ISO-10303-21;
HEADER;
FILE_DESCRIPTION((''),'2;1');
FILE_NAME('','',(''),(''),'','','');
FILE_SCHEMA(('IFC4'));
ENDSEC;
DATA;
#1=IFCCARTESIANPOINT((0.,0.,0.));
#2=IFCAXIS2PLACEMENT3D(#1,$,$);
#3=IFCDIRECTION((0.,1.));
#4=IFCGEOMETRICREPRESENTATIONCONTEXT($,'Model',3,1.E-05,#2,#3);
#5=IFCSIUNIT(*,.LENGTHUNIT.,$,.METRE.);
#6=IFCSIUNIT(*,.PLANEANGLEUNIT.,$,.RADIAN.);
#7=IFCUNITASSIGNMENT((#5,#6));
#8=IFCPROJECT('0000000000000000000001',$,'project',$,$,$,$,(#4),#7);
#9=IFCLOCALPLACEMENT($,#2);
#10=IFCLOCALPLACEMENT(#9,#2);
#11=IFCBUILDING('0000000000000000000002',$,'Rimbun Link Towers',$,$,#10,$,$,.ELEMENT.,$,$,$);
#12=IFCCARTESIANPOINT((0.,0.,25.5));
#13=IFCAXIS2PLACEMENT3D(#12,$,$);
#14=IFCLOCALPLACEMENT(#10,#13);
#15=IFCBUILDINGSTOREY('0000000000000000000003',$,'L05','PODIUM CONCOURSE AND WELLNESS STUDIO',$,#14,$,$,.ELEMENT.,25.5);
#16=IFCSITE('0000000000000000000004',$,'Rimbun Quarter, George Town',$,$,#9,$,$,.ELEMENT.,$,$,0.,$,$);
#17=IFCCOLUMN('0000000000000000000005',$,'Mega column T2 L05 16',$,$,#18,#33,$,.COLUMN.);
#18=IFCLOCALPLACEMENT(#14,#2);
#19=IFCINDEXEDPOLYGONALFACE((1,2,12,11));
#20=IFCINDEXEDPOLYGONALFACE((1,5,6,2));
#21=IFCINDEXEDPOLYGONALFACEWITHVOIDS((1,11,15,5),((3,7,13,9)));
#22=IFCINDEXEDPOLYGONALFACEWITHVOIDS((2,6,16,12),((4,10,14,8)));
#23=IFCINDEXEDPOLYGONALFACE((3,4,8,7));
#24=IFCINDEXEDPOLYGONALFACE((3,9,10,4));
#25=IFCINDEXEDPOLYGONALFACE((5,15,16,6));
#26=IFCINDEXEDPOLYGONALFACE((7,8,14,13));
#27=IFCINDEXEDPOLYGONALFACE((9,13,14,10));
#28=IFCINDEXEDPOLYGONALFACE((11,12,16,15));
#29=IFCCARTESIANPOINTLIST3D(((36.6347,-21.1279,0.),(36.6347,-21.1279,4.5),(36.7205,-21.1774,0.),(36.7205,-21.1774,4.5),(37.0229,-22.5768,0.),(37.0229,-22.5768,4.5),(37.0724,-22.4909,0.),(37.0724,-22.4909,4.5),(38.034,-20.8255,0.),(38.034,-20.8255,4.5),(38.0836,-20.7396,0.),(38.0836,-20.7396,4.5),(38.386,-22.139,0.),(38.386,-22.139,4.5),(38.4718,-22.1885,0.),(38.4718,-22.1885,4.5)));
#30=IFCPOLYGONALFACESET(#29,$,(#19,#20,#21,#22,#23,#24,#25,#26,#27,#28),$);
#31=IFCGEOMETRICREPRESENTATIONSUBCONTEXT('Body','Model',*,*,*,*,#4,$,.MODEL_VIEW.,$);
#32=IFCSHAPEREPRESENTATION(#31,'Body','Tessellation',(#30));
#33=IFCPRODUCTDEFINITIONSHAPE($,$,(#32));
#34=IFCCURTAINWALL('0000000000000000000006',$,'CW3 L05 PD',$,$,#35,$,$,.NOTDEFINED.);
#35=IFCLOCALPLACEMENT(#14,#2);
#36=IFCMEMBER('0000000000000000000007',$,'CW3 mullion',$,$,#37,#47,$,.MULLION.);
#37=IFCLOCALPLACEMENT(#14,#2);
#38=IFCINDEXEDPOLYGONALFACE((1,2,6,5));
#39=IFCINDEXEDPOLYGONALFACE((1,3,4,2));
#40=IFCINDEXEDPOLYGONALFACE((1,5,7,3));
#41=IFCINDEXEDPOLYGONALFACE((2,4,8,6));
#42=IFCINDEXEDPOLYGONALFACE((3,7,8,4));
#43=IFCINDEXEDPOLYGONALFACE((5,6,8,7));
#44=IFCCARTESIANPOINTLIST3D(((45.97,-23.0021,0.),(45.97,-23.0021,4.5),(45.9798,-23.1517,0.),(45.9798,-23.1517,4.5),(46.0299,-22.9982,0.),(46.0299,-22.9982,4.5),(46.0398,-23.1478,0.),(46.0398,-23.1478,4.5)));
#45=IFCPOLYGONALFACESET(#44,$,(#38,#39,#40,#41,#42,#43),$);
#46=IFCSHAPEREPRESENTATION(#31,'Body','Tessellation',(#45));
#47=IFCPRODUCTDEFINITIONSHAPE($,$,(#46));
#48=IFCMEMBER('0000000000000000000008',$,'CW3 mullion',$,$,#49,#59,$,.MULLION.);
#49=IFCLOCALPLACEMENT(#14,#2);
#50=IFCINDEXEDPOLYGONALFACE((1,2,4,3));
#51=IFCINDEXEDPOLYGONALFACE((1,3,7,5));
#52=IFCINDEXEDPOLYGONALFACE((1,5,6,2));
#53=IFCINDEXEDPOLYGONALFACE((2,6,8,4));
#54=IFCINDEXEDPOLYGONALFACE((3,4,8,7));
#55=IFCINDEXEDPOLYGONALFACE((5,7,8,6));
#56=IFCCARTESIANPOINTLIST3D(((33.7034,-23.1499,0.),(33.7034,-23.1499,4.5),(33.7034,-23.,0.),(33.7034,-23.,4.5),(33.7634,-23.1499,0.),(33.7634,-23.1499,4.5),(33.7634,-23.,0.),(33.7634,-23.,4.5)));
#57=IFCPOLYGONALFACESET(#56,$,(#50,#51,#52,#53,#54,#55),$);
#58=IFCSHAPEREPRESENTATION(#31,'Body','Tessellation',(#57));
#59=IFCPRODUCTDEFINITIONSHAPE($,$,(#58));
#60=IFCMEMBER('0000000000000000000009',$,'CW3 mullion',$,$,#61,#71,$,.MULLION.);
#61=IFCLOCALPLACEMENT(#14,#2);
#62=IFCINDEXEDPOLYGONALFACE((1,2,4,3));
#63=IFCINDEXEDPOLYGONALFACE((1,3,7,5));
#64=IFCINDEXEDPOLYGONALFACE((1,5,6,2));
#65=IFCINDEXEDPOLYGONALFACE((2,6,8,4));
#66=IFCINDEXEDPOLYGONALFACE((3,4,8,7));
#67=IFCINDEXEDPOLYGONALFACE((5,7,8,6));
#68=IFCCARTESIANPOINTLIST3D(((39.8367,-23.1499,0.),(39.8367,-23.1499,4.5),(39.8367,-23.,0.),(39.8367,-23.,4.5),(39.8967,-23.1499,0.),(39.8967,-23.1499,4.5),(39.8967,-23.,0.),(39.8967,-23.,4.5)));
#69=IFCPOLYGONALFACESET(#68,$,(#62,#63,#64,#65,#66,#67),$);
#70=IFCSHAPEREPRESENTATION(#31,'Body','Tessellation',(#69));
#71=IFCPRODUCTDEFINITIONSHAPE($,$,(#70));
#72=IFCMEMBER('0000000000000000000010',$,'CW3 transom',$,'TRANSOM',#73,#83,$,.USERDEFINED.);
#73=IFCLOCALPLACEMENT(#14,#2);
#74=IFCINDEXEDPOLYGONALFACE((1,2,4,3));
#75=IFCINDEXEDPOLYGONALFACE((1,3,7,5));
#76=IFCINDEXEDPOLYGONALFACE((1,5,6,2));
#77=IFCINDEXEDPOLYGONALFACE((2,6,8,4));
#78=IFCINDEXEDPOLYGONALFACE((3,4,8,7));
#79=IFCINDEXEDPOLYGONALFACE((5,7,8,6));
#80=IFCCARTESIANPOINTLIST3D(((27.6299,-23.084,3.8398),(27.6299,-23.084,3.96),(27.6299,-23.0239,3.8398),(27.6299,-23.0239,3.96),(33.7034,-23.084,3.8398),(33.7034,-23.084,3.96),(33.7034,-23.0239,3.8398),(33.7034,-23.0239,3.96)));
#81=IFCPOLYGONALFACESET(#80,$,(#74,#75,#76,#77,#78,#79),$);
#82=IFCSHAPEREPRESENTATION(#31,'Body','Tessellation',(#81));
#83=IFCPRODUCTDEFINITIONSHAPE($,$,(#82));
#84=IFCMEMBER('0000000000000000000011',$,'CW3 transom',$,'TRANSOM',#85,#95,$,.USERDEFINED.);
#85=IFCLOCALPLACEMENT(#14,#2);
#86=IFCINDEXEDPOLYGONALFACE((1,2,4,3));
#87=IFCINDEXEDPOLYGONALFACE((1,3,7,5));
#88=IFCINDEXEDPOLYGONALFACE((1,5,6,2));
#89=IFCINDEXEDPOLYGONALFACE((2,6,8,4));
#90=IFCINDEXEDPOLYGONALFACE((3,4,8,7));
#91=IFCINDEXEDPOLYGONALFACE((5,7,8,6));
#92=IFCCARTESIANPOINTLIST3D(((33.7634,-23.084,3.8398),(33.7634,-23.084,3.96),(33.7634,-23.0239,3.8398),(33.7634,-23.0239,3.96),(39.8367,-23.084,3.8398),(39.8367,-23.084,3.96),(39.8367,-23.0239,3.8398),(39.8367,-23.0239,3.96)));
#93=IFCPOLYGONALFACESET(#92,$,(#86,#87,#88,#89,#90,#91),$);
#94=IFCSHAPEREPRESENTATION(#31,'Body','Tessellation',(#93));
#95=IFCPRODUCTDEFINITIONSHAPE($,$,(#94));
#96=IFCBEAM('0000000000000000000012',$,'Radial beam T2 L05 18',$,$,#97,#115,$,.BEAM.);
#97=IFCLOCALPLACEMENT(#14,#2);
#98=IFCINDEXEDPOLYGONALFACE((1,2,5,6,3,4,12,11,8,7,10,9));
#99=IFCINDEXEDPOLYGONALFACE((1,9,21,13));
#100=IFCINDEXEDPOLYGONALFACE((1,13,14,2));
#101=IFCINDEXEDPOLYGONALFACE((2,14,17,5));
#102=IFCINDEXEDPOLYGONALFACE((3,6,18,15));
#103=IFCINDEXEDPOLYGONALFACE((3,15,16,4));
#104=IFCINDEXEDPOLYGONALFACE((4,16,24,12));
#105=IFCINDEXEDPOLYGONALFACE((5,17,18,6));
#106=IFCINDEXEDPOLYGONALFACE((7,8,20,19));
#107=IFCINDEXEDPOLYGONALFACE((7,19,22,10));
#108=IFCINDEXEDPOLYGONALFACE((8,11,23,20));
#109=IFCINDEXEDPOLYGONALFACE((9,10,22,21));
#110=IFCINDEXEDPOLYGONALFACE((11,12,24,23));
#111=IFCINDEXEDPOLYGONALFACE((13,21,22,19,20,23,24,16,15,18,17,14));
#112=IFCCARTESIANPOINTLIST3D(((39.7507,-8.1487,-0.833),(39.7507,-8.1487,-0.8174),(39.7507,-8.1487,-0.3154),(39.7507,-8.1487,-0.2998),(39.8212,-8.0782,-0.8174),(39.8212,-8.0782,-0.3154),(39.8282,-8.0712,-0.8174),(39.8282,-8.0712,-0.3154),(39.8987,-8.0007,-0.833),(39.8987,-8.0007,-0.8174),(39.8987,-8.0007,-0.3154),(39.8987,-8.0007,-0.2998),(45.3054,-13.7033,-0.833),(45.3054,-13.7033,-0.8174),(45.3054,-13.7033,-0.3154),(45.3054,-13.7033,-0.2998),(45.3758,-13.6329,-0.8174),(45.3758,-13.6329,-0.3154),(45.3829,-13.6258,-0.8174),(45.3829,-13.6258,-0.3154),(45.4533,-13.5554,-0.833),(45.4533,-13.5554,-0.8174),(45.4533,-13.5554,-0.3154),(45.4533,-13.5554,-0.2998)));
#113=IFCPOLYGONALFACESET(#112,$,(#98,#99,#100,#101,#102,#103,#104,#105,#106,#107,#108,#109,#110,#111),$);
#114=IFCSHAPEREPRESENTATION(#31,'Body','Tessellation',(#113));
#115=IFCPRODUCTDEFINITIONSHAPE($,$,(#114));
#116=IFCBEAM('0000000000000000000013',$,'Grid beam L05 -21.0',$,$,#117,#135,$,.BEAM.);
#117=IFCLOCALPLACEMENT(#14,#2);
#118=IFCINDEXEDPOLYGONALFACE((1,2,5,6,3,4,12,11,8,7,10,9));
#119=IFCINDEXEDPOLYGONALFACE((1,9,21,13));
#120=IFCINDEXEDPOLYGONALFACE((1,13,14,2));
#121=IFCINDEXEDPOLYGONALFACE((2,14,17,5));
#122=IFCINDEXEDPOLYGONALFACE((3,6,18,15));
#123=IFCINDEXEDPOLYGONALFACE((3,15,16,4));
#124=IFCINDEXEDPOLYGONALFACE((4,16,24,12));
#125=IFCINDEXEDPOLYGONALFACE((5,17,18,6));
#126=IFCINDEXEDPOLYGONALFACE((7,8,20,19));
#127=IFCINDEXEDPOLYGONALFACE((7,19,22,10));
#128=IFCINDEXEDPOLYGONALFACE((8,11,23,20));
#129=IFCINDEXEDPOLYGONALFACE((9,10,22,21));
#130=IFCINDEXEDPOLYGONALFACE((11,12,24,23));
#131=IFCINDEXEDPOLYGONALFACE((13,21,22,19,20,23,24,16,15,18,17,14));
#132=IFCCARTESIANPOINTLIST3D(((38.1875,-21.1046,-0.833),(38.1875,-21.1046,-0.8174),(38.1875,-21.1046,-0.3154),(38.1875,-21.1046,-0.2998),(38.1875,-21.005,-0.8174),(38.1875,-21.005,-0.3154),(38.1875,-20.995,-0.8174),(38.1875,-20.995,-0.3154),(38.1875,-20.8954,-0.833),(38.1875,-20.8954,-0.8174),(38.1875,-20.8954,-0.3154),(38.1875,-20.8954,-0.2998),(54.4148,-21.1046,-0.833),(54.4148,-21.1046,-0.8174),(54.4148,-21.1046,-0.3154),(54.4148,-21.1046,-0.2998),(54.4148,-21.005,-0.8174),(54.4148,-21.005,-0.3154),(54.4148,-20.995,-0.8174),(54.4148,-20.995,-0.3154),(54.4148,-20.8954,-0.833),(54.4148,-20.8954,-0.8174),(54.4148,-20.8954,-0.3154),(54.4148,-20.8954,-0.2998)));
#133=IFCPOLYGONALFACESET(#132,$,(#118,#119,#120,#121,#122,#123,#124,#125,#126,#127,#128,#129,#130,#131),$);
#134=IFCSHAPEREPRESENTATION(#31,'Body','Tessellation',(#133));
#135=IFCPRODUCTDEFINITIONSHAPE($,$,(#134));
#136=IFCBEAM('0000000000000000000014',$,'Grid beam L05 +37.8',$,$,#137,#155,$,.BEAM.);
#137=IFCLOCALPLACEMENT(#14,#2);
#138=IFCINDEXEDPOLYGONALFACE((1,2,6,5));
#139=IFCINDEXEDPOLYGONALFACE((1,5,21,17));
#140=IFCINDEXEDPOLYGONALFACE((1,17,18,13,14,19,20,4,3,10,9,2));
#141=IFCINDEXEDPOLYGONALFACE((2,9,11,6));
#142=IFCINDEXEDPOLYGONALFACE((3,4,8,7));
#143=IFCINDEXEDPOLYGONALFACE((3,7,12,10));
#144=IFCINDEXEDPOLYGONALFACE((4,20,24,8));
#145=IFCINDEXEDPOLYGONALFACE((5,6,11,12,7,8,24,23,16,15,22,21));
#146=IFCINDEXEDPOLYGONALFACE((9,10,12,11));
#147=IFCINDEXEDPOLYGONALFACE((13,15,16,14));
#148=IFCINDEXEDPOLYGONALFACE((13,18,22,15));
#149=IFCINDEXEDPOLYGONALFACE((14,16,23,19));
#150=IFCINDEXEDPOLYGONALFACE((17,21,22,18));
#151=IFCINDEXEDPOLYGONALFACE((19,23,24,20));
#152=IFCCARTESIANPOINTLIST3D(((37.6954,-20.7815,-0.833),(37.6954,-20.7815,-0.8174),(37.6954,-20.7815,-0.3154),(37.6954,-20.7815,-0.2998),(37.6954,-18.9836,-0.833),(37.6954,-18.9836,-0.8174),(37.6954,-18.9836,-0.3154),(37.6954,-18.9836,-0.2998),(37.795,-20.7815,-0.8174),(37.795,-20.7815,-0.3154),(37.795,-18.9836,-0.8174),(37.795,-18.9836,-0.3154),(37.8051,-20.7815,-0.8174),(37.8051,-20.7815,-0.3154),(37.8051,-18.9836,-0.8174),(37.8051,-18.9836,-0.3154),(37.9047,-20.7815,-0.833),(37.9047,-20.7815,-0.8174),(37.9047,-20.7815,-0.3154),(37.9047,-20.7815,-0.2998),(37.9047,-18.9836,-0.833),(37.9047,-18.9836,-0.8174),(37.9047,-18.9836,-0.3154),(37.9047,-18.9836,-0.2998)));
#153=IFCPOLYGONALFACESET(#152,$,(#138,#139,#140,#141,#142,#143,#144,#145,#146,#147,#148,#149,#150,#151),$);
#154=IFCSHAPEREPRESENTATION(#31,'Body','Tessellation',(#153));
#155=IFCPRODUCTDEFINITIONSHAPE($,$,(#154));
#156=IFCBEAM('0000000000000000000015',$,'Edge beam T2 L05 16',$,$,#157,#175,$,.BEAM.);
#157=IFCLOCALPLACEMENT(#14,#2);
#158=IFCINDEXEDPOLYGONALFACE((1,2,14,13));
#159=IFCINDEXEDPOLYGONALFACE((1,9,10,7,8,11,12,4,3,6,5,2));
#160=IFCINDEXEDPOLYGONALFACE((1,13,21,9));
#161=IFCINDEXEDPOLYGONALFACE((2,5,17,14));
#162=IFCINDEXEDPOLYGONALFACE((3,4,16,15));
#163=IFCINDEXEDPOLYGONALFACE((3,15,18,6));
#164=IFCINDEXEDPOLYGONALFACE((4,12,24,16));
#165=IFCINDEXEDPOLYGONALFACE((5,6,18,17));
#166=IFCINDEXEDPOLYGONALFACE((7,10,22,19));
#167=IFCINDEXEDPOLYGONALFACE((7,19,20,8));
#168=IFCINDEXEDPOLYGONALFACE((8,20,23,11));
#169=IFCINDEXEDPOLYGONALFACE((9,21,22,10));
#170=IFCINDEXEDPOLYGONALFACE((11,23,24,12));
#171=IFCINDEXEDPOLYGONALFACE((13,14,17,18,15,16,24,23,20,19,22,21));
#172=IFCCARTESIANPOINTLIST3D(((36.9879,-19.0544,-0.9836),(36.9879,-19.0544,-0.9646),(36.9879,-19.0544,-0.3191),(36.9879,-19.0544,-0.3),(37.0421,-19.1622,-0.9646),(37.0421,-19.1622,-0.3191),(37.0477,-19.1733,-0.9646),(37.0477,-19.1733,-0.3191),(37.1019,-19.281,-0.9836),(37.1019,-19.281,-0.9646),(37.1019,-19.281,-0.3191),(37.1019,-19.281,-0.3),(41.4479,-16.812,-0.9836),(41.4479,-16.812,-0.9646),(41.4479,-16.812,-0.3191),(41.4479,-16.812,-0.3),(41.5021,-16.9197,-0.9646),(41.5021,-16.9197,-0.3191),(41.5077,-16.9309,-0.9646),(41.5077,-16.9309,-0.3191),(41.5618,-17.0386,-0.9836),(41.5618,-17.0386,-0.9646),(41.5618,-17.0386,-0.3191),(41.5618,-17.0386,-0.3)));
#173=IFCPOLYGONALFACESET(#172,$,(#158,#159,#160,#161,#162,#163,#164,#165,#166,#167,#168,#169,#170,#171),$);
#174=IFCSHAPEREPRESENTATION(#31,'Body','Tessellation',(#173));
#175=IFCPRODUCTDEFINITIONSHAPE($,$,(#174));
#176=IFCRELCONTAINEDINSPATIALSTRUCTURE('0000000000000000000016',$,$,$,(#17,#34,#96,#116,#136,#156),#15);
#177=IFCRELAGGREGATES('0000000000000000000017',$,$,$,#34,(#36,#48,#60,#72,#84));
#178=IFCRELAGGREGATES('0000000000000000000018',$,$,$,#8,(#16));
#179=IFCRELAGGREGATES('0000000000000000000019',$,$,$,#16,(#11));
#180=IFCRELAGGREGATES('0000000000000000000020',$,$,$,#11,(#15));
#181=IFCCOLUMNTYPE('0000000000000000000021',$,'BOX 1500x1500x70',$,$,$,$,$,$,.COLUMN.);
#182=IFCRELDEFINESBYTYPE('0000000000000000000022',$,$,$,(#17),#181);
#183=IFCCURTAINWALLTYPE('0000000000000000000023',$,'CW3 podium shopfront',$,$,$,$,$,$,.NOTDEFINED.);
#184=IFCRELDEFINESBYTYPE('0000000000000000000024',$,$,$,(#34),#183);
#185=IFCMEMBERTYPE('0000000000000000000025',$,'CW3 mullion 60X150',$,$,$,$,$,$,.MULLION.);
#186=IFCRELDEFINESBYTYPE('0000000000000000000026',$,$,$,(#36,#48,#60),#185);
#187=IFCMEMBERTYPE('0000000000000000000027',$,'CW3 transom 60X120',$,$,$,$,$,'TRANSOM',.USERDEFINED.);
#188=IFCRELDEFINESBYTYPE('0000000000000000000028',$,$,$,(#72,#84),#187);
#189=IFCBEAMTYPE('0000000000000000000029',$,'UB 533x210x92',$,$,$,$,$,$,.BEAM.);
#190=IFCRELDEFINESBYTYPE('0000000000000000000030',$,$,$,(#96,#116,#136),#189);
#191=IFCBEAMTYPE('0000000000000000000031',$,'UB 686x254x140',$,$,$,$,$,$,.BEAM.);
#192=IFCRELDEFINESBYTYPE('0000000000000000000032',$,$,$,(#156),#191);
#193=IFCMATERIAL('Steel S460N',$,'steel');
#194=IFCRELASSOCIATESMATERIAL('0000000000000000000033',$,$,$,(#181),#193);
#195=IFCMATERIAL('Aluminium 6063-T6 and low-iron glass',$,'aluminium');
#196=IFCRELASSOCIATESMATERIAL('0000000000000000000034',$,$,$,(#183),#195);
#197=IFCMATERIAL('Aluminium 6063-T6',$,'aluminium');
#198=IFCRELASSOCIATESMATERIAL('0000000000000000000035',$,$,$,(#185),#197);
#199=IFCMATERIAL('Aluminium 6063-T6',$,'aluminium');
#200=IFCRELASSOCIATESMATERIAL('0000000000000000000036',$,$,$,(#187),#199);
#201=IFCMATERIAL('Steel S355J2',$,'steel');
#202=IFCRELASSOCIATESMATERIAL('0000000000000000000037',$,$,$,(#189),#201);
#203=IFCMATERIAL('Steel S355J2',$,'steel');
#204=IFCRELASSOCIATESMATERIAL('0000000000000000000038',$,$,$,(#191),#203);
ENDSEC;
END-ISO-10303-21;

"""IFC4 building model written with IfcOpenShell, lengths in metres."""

from ifc_helpers import new_model, si_unit, direction, frame, origin, origin_2d, place, context, subcontext, project, spatial, rectangle, hollow_rectangle, i_section, extrude, material, material_profile, profile_set, type_object, element, aggregate, save


model = new_model("IFC4")

# Units and contexts
model_context = context("Model", 3, precision=1e-05, world=origin(), true_north=direction((0.0, 1.0)))
body_context = subcontext(model_context, "Body", "Model", "MODEL_VIEW")
ifc_project = project(units=[si_unit("LENGTHUNIT", "METRE"), si_unit("PLANEANGLEUNIT", "RADIAN")], contexts=[model_context])

# Site, building, storey
site_placement = place(None, origin())
site = spatial("IfcSite", under=ifc_project, at=site_placement, Name="Rimbun Quarter, George Town", CompositionType="ELEMENT", RefElevation=0.0)
building_placement = place(site_placement, origin())
building = spatial("IfcBuilding", under=site, at=building_placement, Name="Rimbun Link Towers", CompositionType="ELEMENT")
storey_placement = place(building_placement, frame((0.0, 0.0, 25.5)))
storey = spatial("IfcBuildingStorey", under=building, at=storey_placement, Name="L05", Description="PODIUM CONCOURSE AND WELLNESS STUDIO", CompositionType="ELEMENT", Elevation=25.5)

# Column
ifc_material_1 = material(Name="Steel S460N", Category="steel")
ifc_material_profile_1 = material_profile(ifc_material_1, hollow_rectangle(XDim=1.5, YDim=1.5, WallThickness=0.0701, at=origin_2d()), Name="BOX 1500x1500x70")
ifc_profile_set_1 = profile_set([ifc_material_profile_1], Name="Steel S460N")
column_type = type_object("IfcColumnType", Name="BOX 1500x1500x70", PredefinedType="COLUMN", material=ifc_profile_set_1)
column_placement = place(storey_placement, frame((37.5532, -21.6582, 0.0), z_axis=(0.0, 0.0, 1.0), x_axis=(0.258819, -0.965926, 0.0)))
element("IfcColumn", 1, at=column_placement, inside=storey, type_object=column_type, Name="Mega column T2 L05 16", PredefinedType="COLUMN", context=body_context, shape_type="SweptSolid", body=[
    extrude(hollow_rectangle(XDim=1.5, YDim=1.5, WallThickness=0.0701, at=origin_2d()), origin(), (0.0, 0.0, 1.0), 4.5),
])

# Curtain wall, members
ifc_material_2 = material(Name="Aluminium 6063-T6 and low-iron glass", Category="aluminium")
curtain_wall_type = type_object("IfcCurtainWallType", Name="CW3 podium shopfront", PredefinedType="NOTDEFINED", material=ifc_material_2)
curtain_wall_placement = place(storey_placement, origin())
curtain_wall = element("IfcCurtainWall", 2, at=curtain_wall_placement, inside=storey, type_object=curtain_wall_type, Name="CW3 L05 PD", PredefinedType="NOTDEFINED")
ifc_material_3 = material(Name="Aluminium 6063-T6", Category="aluminium")
ifc_material_profile_2 = material_profile(ifc_material_3, rectangle(XDim=0.1499, YDim=0.0601, at=origin_2d()), Name="MULLION 60X150")
ifc_profile_set_2 = profile_set([ifc_material_profile_2], Name="Aluminium 6063-T6")
member_type_1 = type_object("IfcMemberType", Name="CW3 mullion 60X150", PredefinedType="MULLION", material=ifc_profile_set_2)
member_1_placement = place(storey_placement, frame((46.0049, -23.075, 0.0), z_axis=(0.0, 0.0, 1.0), x_axis=(0.065405, -0.997859, 0.0)))
member_1 = element("IfcMember", 3, at=member_1_placement, type_object=member_type_1, Name="CW3 mullion", PredefinedType="MULLION", context=body_context, shape_type="SweptSolid", body=[
    extrude(rectangle(XDim=0.1499, YDim=0.0601, at=origin_2d()), origin(), (0.0, 0.0, 1.0), 4.5),
])
member_2_placement = place(storey_placement, frame((33.7334, -23.075, 0.0), z_axis=(0.0, 0.0, 1.0), x_axis=(0.0, -1.0, 0.0)))
member_2 = element("IfcMember", 4, at=member_2_placement, type_object=member_type_1, Name="CW3 mullion", PredefinedType="MULLION", context=body_context, shape_type="SweptSolid", body=[
    extrude(rectangle(XDim=0.1499, YDim=0.0601, at=origin_2d()), origin(), (0.0, 0.0, 1.0), 4.5),
])
member_3_placement = place(storey_placement, frame((39.8667, -23.075, 0.0), z_axis=(0.0, 0.0, 1.0), x_axis=(0.0, -1.0, 0.0)))
member_3 = element("IfcMember", 5, at=member_3_placement, type_object=member_type_1, Name="CW3 mullion", PredefinedType="MULLION", context=body_context, shape_type="SweptSolid", body=[
    extrude(rectangle(XDim=0.1499, YDim=0.0601, at=origin_2d()), origin(), (0.0, 0.0, 1.0), 4.5),
])
ifc_material_4 = material(Name="Aluminium 6063-T6", Category="aluminium")
ifc_material_profile_3 = material_profile(ifc_material_4, rectangle(XDim=0.0601, YDim=0.1201, at=origin_2d()), Name="TRANSOM 60X120")
ifc_profile_set_3 = profile_set([ifc_material_profile_3], Name="Aluminium 6063-T6")
member_type_2 = type_object("IfcMemberType", Name="CW3 transom 60X120", ElementType="TRANSOM", PredefinedType="USERDEFINED", material=ifc_profile_set_3)
member_4_placement = place(storey_placement, frame((33.7034, -23.054, 3.8999), z_axis=(-1.0, 0.0, 0.0), x_axis=(0.0, -1.0, 0.0)))
member_4 = element("IfcMember", 6, at=member_4_placement, type_object=member_type_2, Name="CW3 transom", ObjectType="TRANSOM", PredefinedType="USERDEFINED", context=body_context, shape_type="SweptSolid", body=[
    extrude(rectangle(XDim=0.0601, YDim=0.1201, at=origin_2d()), origin(), (0.0, 0.0, 1.0), 6.0735),
])
member_5_placement = place(storey_placement, frame((39.8367, -23.054, 3.8999), z_axis=(-1.0, 0.0, 0.0), x_axis=(0.0, -1.0, 0.0)))
member_5 = element("IfcMember", 7, at=member_5_placement, type_object=member_type_2, Name="CW3 transom", ObjectType="TRANSOM", PredefinedType="USERDEFINED", context=body_context, shape_type="SweptSolid", body=[
    extrude(rectangle(XDim=0.0601, YDim=0.1201, at=origin_2d()), origin(), (0.0, 0.0, 1.0), 6.0732),
])

# Beams
ifc_material_5 = material(Name="Steel S355J2", Category="steel")
ifc_material_profile_4 = material_profile(ifc_material_5, i_section(OverallWidth=0.2092, OverallDepth=0.5332, WebThickness=0.01, FlangeThickness=0.0156, at=origin_2d()), Name="UB 533x210x92")
ifc_profile_set_4 = profile_set([ifc_material_profile_4], Name="Steel S355J2")
beam_type_1 = type_object("IfcBeamType", Name="UB 533x210x92", PredefinedType="BEAM", material=ifc_profile_set_4)
beam_1_placement = place(storey_placement, frame((39.8247, -8.0747, -0.5664), z_axis=(0.707107, -0.707107, 0.0), x_axis=(0.707107, 0.707107, 0.0)))
element("IfcBeam", 8, at=beam_1_placement, inside=storey, type_object=beam_type_1, Name="Radial beam T2 L05 18", PredefinedType="BEAM", context=body_context, shape_type="SweptSolid", body=[
    extrude(i_section(OverallWidth=0.2092, OverallDepth=0.5332, WebThickness=0.01, FlangeThickness=0.0156, at=origin_2d()), origin(), (0.0, 0.0, 1.0), 7.8555),
])
beam_2_placement = place(storey_placement, frame((38.1875, -21.0, -0.5664), z_axis=(1.0, 0.0, 0.0), x_axis=(0.0, 1.0, 0.0)))
element("IfcBeam", 9, at=beam_2_placement, inside=storey, type_object=beam_type_1, Name="Grid beam L05 -21.0", PredefinedType="BEAM", context=body_context, shape_type="SweptSolid", body=[
    extrude(i_section(OverallWidth=0.2092, OverallDepth=0.5332, WebThickness=0.01, FlangeThickness=0.0156, at=origin_2d()), origin(), (0.0, 0.0, 1.0), 16.2273),
])
beam_3_placement = place(storey_placement, frame((37.8, -20.7815, -0.5664), z_axis=(0.0, 1.0, 0.0), x_axis=(-1.0, 0.0, 0.0)))
element("IfcBeam", 10, at=beam_3_placement, inside=storey, type_object=beam_type_1, Name="Grid beam L05 +37.8", PredefinedType="BEAM", context=body_context, shape_type="SweptSolid", body=[
    extrude(i_section(OverallWidth=0.2092, OverallDepth=0.5332, WebThickness=0.01, FlangeThickness=0.0156, at=origin_2d()), origin(), (0.0, 0.0, 1.0), 1.7979),
])
ifc_material_6 = material(Name="Steel S355J2", Category="steel")
ifc_material_profile_5 = material_profile(ifc_material_6, i_section(OverallWidth=0.2537, OverallDepth=0.6836, WebThickness=0.0125, FlangeThickness=0.019, at=origin_2d()), Name="UB 686x254x140")
ifc_profile_set_5 = profile_set([ifc_material_profile_5], Name="Steel S355J2")
beam_type_2 = type_object("IfcBeamType", Name="UB 686x254x140", PredefinedType="BEAM", material=ifc_profile_set_5)
beam_4_placement = place(storey_placement, frame((37.0449, -19.1677, -0.6418), z_axis=(0.893427, 0.449208, 0.0), x_axis=(-0.449208, 0.893427, 0.0)))
element("IfcBeam", 11, at=beam_4_placement, inside=storey, type_object=beam_type_2, Name="Edge beam T2 L05 16", PredefinedType="BEAM", context=body_context, shape_type="SweptSolid", body=[
    extrude(i_section(OverallWidth=0.2537, OverallDepth=0.6836, WebThickness=0.0125, FlangeThickness=0.019, at=origin_2d()), origin(), (0.0, 0.0, 1.0), 4.9919),
])

aggregate(curtain_wall, [member_1, member_2, member_3, member_4, member_5])

save(model, "model.ifc")
